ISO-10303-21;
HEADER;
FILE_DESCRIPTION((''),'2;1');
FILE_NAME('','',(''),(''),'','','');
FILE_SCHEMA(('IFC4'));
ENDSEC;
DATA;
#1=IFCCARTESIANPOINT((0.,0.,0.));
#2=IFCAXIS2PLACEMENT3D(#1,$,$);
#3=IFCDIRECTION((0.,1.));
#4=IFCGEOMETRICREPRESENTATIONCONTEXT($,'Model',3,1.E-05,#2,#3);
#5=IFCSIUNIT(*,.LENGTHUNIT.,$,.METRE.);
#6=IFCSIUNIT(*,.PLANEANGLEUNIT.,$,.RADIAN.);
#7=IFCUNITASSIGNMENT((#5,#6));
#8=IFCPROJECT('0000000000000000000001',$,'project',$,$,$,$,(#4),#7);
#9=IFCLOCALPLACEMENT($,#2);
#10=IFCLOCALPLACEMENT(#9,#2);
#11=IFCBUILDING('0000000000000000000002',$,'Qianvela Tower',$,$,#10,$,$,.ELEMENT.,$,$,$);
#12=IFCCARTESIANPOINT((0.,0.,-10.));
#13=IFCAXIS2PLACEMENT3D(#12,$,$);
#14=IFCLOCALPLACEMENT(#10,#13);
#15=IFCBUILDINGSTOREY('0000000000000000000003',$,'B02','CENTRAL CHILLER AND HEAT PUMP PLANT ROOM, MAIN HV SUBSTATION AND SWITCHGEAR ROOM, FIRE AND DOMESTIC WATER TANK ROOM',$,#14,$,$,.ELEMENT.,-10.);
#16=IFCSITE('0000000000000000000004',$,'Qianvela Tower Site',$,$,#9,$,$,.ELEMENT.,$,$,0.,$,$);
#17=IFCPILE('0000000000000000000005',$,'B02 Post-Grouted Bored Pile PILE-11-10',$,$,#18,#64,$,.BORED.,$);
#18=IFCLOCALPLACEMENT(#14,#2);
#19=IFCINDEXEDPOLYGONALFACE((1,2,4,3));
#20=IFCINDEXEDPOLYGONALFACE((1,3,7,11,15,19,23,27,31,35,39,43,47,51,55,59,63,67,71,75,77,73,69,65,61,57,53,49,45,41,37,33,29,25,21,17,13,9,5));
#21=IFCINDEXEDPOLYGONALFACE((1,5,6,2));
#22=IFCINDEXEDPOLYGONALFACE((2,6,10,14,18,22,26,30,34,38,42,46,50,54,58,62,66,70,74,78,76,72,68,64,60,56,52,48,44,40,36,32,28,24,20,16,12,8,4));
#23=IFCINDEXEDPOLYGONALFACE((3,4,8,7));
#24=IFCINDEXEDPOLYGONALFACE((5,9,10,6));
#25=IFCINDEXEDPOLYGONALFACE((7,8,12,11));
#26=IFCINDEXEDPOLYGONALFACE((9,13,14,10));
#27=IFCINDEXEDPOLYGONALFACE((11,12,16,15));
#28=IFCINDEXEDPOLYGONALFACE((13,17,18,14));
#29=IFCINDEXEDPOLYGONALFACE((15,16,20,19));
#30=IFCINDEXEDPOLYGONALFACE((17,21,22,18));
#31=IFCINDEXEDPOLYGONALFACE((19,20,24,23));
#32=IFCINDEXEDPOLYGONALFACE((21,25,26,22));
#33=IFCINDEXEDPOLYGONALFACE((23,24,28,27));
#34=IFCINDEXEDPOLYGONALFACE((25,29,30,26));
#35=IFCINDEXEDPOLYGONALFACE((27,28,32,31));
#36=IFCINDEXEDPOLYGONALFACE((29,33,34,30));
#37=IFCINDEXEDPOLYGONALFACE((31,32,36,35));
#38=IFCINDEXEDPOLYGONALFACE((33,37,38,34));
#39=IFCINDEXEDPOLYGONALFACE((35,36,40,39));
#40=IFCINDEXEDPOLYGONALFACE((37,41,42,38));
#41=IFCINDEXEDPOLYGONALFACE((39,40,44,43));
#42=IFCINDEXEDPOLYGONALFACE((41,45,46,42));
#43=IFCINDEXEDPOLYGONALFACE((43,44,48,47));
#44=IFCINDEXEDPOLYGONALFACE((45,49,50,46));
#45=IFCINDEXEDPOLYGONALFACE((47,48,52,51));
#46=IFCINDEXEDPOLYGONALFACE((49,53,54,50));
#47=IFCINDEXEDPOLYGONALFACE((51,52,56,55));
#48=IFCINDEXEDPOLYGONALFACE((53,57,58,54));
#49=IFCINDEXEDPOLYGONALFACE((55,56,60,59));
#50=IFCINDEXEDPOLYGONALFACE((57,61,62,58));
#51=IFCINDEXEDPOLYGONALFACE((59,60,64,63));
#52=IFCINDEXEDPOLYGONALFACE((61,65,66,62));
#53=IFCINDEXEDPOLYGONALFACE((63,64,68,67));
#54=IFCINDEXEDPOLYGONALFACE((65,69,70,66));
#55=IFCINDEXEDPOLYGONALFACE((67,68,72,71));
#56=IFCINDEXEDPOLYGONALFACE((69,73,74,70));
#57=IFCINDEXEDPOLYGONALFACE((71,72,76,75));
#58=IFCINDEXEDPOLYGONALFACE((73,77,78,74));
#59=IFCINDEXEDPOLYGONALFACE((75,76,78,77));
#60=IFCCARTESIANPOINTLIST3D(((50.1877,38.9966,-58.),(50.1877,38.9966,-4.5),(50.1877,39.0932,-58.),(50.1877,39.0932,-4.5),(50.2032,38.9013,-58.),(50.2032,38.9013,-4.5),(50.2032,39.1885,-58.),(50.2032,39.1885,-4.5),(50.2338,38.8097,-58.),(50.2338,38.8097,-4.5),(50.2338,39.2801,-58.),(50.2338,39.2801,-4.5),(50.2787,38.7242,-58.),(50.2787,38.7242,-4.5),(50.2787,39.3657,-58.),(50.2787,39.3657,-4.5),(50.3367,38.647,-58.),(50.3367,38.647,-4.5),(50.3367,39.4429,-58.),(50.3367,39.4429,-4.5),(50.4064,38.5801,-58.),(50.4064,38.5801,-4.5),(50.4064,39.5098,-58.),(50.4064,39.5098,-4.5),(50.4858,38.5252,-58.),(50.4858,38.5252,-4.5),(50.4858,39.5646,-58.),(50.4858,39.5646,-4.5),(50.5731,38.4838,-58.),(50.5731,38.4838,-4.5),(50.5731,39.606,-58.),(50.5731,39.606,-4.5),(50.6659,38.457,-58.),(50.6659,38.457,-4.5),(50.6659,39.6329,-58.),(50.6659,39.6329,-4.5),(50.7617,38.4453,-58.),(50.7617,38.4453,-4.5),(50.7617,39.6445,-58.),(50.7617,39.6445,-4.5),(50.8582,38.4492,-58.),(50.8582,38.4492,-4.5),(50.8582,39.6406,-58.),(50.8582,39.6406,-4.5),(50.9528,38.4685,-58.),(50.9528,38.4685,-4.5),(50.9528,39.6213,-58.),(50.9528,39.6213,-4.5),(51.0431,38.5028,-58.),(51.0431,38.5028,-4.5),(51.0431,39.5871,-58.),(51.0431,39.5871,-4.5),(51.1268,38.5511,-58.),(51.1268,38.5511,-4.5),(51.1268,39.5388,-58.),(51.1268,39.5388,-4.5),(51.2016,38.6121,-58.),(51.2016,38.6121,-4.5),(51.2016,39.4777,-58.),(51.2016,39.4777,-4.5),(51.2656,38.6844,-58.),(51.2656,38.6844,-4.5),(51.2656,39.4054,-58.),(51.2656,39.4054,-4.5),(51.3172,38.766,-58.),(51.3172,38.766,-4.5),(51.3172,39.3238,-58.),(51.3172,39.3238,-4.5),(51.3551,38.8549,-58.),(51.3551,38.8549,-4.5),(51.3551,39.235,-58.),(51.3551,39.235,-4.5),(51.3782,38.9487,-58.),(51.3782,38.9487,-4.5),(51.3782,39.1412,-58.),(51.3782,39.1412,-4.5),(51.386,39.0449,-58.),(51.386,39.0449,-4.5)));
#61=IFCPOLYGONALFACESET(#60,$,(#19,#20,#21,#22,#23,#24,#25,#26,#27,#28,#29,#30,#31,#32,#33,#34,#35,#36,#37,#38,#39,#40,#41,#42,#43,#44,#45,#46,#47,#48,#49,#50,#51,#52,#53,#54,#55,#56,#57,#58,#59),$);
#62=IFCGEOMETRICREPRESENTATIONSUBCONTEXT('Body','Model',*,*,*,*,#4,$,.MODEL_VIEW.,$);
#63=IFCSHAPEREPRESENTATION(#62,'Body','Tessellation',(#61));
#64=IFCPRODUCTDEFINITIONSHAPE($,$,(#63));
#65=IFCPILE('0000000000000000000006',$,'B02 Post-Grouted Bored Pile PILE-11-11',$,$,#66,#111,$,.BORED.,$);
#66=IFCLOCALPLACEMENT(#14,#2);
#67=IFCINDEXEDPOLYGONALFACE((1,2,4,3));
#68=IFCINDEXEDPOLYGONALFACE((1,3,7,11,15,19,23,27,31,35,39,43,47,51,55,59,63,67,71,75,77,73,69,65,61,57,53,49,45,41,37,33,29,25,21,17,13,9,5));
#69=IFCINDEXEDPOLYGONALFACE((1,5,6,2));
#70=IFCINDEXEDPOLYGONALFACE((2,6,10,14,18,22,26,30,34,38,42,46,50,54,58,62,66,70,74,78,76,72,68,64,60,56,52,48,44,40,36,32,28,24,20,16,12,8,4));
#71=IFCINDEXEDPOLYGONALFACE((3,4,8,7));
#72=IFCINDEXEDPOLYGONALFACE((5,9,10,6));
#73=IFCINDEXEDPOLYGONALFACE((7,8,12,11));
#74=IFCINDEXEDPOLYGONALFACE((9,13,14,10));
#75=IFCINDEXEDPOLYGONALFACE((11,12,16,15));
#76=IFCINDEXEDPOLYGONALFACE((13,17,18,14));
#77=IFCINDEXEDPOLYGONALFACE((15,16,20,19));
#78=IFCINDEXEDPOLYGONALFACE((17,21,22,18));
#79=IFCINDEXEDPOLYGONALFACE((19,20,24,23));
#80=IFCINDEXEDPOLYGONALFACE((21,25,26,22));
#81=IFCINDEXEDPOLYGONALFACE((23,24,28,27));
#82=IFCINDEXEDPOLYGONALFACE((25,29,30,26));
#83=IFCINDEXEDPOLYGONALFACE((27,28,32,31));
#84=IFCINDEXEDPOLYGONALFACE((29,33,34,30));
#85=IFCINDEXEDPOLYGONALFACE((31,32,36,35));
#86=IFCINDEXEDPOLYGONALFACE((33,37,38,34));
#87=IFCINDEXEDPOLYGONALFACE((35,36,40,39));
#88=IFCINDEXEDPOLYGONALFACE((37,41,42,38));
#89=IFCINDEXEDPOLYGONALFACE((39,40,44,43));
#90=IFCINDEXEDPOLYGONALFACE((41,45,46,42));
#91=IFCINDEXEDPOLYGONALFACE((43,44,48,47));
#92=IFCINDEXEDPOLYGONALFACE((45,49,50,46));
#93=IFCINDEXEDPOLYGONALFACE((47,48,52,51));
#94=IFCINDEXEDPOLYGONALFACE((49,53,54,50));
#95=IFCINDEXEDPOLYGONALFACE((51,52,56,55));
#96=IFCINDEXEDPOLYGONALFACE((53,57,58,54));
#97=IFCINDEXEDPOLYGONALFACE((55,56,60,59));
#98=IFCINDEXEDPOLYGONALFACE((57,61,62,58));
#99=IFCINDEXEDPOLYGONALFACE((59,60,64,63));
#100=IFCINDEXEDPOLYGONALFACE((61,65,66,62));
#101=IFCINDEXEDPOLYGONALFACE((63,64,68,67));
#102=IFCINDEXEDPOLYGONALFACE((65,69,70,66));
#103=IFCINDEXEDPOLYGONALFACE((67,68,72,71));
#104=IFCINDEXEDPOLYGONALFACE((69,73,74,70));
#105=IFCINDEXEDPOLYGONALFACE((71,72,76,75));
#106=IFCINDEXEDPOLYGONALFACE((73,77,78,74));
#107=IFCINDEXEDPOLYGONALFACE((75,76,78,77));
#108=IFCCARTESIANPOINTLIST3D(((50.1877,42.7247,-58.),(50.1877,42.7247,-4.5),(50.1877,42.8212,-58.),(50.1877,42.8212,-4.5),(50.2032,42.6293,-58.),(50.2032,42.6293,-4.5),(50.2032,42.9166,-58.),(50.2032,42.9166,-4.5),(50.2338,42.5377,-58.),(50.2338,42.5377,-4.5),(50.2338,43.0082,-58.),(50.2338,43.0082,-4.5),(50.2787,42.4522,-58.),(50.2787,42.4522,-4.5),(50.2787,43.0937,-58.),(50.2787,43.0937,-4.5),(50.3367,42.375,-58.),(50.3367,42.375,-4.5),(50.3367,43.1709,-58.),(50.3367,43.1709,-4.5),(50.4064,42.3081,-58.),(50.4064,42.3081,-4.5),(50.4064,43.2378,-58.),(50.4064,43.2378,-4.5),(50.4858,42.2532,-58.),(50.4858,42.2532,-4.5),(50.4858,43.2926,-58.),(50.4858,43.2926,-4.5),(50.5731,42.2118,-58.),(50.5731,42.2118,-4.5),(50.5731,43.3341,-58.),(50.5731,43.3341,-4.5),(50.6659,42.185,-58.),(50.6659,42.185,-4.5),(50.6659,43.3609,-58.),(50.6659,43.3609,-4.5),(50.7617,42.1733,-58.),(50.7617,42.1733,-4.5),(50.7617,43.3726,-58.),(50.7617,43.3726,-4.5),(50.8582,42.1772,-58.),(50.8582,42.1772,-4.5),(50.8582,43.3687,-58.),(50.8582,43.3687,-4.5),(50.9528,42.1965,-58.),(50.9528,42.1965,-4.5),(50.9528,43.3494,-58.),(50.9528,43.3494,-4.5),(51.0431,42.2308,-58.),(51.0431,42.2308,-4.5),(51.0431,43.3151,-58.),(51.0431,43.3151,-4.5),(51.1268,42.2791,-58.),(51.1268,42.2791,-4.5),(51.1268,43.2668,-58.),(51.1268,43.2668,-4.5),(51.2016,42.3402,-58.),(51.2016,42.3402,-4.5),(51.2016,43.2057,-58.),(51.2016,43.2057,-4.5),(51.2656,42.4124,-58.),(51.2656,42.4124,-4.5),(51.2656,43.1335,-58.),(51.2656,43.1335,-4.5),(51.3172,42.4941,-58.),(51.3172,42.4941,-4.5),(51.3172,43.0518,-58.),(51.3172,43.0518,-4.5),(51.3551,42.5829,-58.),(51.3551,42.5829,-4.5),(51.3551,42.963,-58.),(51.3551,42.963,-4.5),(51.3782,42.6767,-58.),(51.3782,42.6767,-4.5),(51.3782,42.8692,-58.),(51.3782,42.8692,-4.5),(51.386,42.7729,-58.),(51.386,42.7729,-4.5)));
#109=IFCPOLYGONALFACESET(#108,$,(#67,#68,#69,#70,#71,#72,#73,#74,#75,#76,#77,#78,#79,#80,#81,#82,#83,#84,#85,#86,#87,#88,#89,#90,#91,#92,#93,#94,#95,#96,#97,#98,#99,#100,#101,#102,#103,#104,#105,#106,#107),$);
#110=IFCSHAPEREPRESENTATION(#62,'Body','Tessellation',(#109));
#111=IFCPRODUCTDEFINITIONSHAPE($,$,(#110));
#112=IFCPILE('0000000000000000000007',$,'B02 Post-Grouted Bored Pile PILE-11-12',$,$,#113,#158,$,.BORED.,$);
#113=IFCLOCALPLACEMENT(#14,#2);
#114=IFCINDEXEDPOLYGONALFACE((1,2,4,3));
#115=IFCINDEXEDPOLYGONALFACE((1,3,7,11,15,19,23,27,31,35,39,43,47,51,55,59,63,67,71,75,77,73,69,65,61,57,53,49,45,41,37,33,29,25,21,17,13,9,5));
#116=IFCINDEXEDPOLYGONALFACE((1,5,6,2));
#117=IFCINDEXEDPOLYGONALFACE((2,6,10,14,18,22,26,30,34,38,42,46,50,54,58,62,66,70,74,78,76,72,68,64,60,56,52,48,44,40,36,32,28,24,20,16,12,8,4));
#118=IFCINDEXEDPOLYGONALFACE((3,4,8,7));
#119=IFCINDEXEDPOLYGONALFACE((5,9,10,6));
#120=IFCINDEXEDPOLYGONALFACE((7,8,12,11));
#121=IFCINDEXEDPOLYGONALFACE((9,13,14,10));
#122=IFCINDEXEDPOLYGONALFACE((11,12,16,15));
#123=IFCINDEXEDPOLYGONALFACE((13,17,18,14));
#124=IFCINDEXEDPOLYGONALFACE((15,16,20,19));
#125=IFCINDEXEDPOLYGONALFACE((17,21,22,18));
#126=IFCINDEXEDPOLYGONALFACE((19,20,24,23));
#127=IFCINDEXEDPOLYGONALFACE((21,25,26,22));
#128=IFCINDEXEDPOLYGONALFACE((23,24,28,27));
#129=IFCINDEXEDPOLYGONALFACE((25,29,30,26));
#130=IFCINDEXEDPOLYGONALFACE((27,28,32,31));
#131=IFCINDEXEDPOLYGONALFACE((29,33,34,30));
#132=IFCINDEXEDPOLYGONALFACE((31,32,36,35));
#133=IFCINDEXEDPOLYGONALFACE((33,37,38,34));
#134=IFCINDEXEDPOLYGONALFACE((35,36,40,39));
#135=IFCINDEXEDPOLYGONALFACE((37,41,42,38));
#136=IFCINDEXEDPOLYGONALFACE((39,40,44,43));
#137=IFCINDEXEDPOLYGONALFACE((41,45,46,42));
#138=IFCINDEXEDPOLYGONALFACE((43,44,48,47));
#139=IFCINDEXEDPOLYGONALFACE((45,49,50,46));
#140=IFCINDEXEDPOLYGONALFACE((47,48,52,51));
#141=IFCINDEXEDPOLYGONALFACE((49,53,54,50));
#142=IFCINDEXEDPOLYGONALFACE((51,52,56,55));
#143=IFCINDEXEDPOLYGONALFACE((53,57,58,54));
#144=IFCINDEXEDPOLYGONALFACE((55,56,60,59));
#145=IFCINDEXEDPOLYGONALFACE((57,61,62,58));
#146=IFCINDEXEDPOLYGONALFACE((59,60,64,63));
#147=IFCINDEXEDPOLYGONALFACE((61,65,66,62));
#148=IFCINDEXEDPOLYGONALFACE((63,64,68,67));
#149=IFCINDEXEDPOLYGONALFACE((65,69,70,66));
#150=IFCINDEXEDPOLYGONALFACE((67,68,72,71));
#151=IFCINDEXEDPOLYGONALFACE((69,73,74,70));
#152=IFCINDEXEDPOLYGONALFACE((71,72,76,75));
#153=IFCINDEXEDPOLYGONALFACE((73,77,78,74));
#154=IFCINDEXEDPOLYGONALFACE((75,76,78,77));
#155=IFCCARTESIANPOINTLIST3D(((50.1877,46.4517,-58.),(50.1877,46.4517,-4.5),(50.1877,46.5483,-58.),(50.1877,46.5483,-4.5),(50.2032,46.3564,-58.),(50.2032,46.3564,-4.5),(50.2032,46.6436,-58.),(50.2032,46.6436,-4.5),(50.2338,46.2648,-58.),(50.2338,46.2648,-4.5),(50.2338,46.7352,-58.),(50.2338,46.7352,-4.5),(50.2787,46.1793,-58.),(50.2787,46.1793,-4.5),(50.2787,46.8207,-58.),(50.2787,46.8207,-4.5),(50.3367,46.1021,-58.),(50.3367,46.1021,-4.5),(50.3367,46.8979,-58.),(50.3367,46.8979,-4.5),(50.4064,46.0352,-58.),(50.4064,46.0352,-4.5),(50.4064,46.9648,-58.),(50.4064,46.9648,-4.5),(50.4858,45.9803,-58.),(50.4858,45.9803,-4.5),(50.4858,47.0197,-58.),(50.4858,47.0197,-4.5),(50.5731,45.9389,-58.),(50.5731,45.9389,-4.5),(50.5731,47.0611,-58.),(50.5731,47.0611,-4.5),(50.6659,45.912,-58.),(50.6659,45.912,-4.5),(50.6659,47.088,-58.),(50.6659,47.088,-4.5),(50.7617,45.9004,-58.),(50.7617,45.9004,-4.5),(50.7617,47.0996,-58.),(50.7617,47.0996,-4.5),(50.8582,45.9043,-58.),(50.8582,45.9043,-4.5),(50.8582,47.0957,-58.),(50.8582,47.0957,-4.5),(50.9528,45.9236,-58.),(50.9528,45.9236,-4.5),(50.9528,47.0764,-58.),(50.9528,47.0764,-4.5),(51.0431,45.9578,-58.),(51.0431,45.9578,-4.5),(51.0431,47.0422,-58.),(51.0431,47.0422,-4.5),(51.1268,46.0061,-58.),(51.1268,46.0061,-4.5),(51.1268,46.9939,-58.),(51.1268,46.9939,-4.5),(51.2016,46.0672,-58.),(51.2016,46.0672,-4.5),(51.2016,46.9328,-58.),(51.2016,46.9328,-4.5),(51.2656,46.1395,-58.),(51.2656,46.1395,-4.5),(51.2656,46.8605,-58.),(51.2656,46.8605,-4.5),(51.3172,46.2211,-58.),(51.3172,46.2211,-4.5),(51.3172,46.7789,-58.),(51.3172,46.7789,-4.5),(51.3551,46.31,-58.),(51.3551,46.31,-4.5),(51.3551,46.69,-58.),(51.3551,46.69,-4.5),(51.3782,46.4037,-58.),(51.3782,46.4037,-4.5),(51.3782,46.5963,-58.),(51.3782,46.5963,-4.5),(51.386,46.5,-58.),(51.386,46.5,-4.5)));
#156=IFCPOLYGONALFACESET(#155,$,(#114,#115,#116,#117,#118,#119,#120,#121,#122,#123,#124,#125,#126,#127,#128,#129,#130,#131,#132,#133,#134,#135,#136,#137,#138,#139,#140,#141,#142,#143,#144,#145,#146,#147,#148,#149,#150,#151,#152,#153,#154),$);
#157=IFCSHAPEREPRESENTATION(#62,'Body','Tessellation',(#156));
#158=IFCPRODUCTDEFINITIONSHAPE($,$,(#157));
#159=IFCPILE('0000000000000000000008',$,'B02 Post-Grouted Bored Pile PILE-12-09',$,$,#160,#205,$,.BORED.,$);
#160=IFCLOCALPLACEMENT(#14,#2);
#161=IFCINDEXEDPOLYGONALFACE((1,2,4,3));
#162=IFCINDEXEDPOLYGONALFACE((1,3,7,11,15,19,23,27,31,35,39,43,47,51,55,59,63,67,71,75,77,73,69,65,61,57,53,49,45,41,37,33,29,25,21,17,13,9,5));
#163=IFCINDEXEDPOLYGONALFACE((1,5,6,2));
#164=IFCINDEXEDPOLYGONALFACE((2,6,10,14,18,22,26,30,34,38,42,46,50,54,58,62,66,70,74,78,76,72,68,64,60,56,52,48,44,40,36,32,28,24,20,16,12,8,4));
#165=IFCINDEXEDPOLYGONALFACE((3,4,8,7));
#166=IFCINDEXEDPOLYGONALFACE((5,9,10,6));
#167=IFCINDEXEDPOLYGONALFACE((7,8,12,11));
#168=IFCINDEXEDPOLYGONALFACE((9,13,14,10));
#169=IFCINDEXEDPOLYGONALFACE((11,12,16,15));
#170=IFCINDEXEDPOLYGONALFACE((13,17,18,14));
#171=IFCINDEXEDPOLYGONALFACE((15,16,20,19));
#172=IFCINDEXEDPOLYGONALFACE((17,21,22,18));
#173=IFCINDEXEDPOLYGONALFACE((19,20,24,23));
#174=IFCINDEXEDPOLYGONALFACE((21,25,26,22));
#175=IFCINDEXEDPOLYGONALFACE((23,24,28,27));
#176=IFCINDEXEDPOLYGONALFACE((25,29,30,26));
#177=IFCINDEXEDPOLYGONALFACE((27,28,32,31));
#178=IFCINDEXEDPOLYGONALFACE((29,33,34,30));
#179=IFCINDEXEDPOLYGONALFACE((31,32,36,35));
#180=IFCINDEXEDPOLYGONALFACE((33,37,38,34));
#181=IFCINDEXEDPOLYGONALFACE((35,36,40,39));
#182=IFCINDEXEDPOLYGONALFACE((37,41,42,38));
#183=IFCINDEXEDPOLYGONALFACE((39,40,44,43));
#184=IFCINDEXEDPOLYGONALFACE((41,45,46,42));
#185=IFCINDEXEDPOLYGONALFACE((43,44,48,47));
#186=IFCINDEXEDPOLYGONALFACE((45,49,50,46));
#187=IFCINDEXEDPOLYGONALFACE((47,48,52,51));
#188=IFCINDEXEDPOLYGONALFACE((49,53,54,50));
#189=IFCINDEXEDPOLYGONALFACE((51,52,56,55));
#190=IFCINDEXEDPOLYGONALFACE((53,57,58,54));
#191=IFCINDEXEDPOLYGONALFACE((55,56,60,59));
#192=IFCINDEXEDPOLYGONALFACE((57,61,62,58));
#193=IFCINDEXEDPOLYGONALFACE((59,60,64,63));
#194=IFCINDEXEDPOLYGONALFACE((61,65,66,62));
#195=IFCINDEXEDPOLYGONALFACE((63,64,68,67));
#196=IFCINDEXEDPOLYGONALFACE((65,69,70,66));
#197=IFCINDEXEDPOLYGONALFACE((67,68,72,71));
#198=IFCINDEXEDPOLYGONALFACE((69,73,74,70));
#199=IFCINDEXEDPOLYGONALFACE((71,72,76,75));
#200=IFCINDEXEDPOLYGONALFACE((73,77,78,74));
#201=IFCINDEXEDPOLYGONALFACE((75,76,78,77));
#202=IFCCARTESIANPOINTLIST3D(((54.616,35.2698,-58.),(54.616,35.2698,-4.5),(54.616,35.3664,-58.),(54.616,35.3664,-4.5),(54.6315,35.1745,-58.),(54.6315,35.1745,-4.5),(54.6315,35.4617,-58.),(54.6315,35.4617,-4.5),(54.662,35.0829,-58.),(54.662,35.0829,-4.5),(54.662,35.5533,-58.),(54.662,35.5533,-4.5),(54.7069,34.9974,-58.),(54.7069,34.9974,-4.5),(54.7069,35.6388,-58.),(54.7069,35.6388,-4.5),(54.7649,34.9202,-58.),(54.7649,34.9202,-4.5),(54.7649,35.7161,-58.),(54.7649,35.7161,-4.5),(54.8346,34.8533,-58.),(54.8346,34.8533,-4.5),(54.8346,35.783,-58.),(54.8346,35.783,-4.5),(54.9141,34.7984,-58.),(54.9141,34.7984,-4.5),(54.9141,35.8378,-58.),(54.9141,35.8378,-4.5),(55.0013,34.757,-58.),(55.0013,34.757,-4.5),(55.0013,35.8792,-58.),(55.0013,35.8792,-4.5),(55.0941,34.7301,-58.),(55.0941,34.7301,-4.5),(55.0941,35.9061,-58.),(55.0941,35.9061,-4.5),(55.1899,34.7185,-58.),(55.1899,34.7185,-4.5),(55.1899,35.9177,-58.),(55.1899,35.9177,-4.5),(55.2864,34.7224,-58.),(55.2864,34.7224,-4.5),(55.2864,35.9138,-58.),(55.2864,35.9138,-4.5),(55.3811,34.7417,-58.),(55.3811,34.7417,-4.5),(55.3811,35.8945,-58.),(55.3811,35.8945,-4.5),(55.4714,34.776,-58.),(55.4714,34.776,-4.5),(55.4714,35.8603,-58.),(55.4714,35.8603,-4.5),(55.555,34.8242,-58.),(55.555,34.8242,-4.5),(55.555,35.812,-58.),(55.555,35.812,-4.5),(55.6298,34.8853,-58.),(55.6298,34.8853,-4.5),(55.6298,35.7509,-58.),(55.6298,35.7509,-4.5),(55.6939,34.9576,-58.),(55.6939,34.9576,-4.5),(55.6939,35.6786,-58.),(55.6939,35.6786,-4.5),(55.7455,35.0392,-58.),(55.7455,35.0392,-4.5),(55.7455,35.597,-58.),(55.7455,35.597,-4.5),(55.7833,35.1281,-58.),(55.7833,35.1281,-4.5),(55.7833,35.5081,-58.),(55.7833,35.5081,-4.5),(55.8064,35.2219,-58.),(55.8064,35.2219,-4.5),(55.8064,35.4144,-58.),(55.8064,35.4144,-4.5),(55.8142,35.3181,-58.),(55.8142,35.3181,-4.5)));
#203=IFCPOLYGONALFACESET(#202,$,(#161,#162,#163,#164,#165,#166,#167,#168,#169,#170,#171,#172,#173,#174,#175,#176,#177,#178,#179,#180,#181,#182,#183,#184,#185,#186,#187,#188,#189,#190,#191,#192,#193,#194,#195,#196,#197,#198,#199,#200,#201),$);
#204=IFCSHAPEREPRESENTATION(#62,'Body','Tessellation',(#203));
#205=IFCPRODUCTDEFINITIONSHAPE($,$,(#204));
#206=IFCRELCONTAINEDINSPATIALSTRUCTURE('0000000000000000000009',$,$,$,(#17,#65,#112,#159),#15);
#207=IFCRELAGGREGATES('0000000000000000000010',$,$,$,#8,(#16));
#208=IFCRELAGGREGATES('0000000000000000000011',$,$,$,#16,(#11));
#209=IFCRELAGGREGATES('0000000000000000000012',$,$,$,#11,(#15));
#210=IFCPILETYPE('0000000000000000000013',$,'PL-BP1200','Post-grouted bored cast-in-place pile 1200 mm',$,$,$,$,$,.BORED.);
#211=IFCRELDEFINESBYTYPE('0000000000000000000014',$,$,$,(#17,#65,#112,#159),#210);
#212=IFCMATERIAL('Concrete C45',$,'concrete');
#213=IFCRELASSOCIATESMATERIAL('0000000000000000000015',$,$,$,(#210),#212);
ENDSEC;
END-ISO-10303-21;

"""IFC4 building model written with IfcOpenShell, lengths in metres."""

from ifc_helpers import new_model, si_unit, direction, frame, origin, origin_2d, place, context, subcontext, project, spatial, circle, extrude, material, material_profile, profile_set, type_object, element, save


model = new_model("IFC4")

# Units and contexts
model_context = context("Model", 3, precision=1e-05, world=origin(), true_north=direction((0.0, 1.0)))
body_context = subcontext(model_context, "Body", "Model", "MODEL_VIEW")
ifc_project = project(units=[si_unit("LENGTHUNIT", "METRE"), si_unit("PLANEANGLEUNIT", "RADIAN")], contexts=[model_context])

# Site, building, storey
site_placement = place(None, origin())
site = spatial("IfcSite", under=ifc_project, at=site_placement, Name="Qianvela Tower Site", CompositionType="ELEMENT", RefElevation=0.0)
building_placement = place(site_placement, origin())
building = spatial("IfcBuilding", under=site, at=building_placement, Name="Qianvela Tower", CompositionType="ELEMENT")
storey_placement = place(building_placement, frame((0.0, 0.0, -10.0)))
storey = spatial("IfcBuildingStorey", under=building, at=storey_placement, Name="B02", Description="CENTRAL CHILLER AND HEAT PUMP PLANT ROOM, MAIN HV SUBSTATION AND SWITCHGEAR ROOM, FIRE AND DOMESTIC WATER TANK ROOM", CompositionType="ELEMENT", Elevation=-10.0)

# Piles
ifc_material_1 = material(Name="Concrete C45", Category="concrete")
ifc_material_profile_1 = material_profile(ifc_material_1, circle(Radius=0.6001, at=origin_2d()), Name="BP-1200")
ifc_profile_set_1 = profile_set([ifc_material_profile_1], Name="Concrete C45")
pile_type_1 = type_object("IfcPileType", Name="PL-BP1200", Description="Post-grouted bored cast-in-place pile 1200 mm", PredefinedType="BORED", material=ifc_profile_set_1)
for number, where, z_axis, x_axis, name in (
    (1, (50.7859, 39.0449, -4.5), (0.0, 0.0, -1.0), (1.0, 0.0, 0.0), "B02 Post-Grouted Bored Pile PILE-11-10"),
    (2, (50.7859, 42.7729, -4.5), (0.0, 0.0, -1.0), (1.0, 0.0, 0.0), "B02 Post-Grouted Bored Pile PILE-11-11"),
    (3, (50.7859, 46.5, -4.5), (0.0, 0.0, -1.0), (1.0, 0.0, 0.0), "B02 Post-Grouted Bored Pile PILE-11-12"),
    (4, (55.2141, 35.3181, -4.5), (0.0, 0.0, -1.0), (1.0, 0.0, 0.0), "B02 Post-Grouted Bored Pile PILE-12-09"),
):
    element("IfcPile", number, at=place(storey_placement, frame(where, z_axis=z_axis, x_axis=x_axis)), inside=storey, type_object=pile_type_1, Name=name, PredefinedType="BORED", context=body_context, shape_type="SweptSolid", body=[
        extrude(circle(Radius=0.6001, at=origin_2d()), origin(), (0.0, 0.0, 1.0), 53.5),
    ])

save(model, "model.ifc")
